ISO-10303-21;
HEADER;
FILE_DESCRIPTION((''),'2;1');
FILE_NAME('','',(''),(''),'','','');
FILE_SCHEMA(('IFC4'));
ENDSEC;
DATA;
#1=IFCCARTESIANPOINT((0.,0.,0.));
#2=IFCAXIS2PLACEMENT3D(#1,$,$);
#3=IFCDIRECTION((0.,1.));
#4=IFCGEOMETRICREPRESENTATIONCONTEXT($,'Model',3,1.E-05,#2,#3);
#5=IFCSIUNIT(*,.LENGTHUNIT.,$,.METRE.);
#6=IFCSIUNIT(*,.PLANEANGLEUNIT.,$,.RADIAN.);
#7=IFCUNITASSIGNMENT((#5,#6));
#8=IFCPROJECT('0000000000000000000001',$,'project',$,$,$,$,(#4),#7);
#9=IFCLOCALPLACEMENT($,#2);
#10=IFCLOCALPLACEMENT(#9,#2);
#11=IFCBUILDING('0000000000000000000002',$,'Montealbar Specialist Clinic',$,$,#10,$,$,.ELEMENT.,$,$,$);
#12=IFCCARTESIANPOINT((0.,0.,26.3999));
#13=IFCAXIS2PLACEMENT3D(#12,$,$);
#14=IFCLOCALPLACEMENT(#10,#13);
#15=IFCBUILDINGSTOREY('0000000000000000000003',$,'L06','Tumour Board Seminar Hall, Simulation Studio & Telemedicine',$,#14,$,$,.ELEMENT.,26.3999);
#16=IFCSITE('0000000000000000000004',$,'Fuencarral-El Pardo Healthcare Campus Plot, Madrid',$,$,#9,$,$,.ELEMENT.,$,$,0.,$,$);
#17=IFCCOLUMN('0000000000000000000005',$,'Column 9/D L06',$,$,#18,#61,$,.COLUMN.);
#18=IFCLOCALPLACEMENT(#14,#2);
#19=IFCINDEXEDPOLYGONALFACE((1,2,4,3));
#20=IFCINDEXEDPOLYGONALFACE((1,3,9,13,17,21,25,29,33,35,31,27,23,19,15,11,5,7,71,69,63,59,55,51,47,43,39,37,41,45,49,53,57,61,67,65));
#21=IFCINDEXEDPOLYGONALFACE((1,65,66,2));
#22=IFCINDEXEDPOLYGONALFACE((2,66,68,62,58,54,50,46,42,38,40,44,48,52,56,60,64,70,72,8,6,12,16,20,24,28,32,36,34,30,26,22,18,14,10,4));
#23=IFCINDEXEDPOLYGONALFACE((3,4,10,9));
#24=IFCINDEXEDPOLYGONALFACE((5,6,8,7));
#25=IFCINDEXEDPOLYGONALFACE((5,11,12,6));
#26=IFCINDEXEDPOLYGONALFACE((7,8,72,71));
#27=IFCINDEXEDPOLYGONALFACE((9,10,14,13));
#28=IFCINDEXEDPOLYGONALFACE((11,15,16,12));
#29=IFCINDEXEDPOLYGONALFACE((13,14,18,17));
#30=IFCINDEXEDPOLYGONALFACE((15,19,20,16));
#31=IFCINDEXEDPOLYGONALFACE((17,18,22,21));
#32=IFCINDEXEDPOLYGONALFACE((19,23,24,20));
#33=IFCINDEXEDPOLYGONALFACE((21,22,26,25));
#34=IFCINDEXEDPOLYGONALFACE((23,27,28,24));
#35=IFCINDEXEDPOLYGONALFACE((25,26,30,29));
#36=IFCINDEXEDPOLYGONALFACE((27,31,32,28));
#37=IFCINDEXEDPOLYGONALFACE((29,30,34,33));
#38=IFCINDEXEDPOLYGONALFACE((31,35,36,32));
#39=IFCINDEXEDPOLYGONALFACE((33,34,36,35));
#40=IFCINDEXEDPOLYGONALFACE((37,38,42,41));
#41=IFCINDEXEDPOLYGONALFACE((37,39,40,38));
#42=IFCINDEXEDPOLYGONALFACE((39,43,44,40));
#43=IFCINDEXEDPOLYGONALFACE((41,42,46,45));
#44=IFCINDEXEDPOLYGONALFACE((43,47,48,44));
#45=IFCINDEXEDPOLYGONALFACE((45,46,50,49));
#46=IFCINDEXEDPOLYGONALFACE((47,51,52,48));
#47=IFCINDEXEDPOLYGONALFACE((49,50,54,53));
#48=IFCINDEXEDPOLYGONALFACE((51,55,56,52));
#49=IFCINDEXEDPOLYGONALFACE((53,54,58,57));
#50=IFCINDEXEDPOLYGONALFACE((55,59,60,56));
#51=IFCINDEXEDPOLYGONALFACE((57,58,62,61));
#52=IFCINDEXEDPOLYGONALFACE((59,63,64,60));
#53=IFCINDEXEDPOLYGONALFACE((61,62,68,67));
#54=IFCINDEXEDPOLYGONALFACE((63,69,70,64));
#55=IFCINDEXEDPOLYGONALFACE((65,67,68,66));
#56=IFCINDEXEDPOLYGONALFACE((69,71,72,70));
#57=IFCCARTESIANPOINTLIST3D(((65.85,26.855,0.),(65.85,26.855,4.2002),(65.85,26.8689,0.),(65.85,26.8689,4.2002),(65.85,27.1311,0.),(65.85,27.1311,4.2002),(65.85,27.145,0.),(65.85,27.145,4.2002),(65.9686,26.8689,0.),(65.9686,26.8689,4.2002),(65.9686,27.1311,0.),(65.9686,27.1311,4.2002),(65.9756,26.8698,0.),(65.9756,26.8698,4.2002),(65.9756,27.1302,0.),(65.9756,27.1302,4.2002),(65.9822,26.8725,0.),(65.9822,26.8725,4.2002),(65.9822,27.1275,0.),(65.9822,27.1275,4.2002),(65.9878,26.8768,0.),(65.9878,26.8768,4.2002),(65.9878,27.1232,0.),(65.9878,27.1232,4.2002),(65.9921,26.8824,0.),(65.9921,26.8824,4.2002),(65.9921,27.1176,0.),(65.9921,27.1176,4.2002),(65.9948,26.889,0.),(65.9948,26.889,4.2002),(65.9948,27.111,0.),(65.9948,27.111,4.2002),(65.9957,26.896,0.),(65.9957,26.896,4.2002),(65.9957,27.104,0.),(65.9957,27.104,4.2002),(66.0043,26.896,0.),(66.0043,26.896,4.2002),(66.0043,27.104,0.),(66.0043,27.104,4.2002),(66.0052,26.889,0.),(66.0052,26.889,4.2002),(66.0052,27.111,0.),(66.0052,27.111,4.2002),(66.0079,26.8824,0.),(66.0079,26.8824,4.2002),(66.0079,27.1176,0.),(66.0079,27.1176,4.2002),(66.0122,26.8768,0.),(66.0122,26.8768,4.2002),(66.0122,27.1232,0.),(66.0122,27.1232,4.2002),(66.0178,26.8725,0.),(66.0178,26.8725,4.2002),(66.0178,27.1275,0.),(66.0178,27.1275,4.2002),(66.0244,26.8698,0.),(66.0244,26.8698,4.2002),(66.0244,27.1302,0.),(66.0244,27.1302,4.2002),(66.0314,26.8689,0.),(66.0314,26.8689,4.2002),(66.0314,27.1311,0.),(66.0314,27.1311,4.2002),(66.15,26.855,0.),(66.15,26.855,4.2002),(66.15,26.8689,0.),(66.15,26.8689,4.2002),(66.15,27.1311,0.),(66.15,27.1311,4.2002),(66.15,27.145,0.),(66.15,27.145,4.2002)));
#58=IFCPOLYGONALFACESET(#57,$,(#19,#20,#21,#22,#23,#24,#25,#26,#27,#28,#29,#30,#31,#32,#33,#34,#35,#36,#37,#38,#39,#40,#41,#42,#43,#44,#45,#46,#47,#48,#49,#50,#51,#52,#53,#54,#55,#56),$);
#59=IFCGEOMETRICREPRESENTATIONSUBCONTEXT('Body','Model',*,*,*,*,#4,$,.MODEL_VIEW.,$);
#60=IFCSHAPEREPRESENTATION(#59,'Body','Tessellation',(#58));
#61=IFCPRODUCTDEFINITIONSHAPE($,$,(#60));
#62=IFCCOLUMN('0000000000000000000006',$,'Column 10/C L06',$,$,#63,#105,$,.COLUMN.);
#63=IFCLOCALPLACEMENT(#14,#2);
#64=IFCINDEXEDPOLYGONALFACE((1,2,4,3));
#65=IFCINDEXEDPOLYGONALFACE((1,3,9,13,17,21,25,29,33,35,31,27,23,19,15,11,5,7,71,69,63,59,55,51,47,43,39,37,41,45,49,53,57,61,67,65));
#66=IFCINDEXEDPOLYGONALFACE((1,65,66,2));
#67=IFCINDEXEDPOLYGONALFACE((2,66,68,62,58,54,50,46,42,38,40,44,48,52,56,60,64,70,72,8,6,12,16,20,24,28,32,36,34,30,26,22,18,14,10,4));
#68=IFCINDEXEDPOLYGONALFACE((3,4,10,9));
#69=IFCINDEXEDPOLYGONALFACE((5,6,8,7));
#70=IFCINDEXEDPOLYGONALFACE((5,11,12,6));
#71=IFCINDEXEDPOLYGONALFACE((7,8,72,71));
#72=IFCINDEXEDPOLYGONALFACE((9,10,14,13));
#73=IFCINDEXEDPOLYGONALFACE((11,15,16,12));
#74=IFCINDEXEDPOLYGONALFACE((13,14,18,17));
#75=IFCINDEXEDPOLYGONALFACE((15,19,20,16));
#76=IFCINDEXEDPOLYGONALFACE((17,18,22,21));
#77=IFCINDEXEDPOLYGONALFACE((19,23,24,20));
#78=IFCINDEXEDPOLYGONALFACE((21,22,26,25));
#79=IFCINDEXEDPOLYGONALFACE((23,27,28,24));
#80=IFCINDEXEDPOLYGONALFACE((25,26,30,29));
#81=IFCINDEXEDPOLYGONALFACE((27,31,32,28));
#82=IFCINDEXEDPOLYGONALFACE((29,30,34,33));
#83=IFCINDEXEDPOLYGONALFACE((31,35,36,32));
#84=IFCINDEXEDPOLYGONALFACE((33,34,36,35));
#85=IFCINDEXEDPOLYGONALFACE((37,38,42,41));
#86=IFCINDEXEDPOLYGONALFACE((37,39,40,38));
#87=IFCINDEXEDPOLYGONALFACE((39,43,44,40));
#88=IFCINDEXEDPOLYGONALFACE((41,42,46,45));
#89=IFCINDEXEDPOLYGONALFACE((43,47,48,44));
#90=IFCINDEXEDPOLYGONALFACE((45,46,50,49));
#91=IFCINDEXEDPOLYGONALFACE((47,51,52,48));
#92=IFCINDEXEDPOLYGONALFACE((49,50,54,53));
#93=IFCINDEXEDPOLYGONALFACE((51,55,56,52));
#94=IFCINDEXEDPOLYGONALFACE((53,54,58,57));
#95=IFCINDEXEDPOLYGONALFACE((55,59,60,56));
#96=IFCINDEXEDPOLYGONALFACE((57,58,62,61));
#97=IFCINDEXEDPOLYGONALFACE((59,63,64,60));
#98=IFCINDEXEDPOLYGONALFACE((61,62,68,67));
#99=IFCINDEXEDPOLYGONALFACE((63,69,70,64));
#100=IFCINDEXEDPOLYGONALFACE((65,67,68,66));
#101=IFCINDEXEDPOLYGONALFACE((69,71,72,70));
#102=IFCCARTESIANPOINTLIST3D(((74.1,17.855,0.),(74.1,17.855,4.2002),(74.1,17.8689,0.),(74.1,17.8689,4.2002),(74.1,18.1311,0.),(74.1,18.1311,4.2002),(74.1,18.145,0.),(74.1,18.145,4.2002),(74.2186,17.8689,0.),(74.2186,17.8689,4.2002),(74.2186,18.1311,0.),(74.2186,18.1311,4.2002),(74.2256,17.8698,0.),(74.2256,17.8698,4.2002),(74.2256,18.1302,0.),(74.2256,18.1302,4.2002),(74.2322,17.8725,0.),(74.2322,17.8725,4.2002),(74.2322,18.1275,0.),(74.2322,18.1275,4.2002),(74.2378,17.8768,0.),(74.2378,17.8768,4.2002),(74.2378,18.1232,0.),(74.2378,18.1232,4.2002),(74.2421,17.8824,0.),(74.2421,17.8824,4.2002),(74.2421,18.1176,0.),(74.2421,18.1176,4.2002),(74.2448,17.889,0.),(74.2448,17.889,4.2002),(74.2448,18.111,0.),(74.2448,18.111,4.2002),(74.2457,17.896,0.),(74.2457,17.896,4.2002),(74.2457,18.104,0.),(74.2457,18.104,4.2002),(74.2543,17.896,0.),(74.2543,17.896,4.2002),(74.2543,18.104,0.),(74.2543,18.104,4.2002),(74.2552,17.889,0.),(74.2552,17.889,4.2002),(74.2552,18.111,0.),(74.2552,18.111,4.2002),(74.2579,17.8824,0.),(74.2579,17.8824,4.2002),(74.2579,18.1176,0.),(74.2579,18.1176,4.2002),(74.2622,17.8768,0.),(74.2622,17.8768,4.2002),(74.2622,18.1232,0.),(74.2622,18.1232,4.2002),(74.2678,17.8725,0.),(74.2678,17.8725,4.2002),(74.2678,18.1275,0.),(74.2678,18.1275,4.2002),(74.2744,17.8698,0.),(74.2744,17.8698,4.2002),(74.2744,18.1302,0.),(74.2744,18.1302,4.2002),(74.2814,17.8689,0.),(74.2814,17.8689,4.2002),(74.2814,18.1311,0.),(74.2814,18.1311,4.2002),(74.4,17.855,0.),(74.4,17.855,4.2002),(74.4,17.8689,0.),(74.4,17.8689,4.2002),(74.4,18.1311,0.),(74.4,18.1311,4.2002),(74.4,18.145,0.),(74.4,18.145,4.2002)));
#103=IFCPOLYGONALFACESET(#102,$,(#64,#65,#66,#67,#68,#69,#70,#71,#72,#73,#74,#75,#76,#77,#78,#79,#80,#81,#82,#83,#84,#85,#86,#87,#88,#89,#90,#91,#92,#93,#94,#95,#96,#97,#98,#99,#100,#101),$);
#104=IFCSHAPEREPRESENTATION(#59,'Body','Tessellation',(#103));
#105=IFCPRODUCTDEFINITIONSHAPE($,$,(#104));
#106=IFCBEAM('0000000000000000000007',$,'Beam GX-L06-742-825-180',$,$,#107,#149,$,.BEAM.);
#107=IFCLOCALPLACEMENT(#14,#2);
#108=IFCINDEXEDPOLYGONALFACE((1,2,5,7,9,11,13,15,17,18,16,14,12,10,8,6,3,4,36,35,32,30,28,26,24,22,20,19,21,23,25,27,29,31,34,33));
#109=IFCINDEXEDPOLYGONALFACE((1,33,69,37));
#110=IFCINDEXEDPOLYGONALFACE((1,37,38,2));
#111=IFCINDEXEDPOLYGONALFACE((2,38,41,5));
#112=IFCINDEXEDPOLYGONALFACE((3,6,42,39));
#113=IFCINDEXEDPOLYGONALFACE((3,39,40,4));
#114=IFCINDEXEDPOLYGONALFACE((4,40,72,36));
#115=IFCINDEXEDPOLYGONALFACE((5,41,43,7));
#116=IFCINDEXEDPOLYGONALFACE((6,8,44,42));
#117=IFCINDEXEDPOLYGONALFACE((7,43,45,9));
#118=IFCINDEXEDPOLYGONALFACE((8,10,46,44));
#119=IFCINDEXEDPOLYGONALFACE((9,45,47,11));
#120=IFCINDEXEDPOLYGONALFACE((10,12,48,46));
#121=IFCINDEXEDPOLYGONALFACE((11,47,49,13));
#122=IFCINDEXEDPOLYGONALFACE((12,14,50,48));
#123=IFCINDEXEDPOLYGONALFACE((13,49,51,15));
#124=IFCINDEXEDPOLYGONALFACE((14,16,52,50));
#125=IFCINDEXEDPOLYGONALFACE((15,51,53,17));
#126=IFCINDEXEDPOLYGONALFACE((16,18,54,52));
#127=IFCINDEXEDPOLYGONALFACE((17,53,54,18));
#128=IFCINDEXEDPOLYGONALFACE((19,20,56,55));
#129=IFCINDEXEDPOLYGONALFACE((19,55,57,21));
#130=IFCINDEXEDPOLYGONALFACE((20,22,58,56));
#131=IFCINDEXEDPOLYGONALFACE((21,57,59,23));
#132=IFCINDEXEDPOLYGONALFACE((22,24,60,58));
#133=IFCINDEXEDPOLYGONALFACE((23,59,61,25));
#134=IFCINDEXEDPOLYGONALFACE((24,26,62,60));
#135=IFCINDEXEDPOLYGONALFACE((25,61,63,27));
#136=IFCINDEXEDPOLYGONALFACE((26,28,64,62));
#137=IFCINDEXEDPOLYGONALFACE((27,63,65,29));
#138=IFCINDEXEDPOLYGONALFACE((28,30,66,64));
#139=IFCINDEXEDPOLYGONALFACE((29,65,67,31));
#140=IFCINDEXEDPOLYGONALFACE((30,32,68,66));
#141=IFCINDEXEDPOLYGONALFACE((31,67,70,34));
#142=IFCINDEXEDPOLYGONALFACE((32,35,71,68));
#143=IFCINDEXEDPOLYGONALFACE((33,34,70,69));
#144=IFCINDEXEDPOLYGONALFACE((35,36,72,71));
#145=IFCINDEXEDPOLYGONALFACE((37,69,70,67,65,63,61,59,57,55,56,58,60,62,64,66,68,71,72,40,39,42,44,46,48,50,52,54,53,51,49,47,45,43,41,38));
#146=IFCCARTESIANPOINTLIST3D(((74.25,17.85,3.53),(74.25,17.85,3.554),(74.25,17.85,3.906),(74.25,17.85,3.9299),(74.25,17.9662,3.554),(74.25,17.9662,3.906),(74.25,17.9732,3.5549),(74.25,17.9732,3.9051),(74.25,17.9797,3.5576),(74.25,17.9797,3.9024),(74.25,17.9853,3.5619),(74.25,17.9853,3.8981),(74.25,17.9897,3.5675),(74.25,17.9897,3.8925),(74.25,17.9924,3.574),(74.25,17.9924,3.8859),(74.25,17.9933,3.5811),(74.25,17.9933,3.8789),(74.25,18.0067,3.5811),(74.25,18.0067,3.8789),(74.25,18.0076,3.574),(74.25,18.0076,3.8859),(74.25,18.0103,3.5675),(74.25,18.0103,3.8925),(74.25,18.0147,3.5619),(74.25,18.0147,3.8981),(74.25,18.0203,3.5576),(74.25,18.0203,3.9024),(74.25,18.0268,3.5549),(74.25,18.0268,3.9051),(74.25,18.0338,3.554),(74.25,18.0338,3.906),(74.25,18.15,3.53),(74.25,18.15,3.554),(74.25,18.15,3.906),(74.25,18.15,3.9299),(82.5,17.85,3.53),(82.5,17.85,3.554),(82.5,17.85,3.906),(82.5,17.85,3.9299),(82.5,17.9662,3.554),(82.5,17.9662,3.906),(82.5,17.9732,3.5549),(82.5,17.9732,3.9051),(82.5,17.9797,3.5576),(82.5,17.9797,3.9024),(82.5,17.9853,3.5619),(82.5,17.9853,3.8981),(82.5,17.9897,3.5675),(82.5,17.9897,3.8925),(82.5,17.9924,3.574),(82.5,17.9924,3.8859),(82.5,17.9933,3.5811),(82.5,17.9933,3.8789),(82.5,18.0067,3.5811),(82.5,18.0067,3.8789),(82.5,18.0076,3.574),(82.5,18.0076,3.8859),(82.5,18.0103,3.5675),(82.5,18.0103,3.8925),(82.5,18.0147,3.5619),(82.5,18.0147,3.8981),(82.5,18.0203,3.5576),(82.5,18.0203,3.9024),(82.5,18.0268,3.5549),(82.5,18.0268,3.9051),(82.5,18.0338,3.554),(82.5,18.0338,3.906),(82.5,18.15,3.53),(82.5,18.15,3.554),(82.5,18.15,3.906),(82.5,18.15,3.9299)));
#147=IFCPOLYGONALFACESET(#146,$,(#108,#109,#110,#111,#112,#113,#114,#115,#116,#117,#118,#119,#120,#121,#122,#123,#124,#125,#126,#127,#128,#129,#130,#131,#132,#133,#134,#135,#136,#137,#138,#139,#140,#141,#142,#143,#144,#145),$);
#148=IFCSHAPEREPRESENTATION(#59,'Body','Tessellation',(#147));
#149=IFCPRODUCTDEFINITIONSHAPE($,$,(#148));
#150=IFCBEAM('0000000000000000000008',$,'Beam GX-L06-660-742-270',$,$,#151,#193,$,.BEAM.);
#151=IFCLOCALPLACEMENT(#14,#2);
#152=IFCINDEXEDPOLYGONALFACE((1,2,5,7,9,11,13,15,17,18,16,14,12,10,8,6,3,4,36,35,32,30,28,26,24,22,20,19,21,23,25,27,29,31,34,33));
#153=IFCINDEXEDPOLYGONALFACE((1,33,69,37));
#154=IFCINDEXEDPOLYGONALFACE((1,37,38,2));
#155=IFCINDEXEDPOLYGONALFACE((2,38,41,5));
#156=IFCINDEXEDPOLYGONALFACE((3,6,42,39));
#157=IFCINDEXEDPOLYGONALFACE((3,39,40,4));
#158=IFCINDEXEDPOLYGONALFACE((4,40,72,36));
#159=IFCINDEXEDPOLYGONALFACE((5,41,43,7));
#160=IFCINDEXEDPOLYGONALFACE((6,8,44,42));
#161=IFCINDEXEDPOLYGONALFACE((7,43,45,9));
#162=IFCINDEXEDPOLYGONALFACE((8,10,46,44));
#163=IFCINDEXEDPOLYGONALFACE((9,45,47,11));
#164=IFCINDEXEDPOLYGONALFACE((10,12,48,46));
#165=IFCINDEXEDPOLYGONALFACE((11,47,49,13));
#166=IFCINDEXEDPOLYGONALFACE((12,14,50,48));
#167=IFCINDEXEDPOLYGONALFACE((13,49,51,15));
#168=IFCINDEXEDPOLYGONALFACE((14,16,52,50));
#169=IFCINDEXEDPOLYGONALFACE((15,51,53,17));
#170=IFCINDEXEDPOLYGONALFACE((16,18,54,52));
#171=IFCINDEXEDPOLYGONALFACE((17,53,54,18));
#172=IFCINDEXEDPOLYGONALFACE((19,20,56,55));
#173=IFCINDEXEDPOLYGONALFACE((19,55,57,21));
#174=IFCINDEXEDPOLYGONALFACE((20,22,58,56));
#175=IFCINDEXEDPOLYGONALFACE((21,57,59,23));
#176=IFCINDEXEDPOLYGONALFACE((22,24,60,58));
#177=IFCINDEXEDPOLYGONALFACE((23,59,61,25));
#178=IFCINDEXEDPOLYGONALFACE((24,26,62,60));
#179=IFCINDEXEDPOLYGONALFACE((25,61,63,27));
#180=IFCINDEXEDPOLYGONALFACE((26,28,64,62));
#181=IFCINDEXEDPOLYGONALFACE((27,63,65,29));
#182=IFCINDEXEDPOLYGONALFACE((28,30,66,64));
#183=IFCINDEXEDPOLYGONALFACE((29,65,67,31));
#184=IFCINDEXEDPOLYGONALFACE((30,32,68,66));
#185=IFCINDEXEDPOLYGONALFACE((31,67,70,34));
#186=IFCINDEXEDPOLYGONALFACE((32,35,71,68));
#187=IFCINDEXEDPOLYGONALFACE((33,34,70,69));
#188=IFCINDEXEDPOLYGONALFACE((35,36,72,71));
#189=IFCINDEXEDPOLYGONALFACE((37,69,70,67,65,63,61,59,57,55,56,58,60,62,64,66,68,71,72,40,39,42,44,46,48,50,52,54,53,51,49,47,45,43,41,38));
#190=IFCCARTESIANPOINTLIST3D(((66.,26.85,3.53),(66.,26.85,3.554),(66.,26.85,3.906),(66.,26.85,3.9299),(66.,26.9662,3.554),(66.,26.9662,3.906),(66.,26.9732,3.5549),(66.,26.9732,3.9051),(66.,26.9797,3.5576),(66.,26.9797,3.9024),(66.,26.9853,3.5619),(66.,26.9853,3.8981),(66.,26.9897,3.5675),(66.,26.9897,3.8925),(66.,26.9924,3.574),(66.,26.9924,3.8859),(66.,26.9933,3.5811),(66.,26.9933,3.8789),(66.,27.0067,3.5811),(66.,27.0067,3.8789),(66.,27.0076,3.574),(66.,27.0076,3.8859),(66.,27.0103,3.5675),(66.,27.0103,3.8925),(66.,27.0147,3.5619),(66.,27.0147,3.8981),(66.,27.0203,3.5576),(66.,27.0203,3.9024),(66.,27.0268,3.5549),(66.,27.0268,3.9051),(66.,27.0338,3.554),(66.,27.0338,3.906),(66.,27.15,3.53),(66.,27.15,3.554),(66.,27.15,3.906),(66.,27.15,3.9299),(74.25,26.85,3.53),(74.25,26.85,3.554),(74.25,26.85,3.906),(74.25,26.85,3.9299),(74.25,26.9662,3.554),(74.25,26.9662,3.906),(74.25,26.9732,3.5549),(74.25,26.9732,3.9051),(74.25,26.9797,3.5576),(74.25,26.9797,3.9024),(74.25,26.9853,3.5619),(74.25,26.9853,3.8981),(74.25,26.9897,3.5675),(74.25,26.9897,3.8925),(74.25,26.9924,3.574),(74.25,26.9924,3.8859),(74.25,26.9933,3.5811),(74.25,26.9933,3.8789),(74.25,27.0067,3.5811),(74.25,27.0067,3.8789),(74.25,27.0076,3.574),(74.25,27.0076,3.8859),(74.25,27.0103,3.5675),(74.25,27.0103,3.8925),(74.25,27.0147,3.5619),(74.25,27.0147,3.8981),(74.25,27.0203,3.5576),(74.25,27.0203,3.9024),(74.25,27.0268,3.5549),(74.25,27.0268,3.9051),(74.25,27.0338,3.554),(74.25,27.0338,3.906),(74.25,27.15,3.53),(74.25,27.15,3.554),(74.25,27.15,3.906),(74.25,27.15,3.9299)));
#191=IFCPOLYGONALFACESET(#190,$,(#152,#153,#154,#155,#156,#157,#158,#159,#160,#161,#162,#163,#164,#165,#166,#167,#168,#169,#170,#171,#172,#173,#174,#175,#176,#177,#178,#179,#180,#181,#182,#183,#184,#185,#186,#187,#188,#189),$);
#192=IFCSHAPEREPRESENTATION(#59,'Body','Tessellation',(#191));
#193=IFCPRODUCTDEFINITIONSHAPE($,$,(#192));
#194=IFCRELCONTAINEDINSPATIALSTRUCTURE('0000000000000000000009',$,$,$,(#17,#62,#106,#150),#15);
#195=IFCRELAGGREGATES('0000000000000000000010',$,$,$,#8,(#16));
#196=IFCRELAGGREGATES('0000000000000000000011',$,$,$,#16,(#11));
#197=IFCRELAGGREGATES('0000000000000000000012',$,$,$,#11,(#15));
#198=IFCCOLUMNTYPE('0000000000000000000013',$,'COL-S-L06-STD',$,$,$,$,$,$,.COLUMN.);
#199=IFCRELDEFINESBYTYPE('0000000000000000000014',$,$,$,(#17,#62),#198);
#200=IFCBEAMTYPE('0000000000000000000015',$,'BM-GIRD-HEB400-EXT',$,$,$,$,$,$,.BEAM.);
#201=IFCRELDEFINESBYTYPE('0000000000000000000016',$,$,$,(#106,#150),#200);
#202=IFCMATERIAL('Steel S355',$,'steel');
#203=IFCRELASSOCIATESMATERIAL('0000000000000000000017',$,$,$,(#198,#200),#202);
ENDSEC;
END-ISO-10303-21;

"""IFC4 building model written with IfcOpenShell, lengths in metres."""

from ifc_helpers import new_model, si_unit, direction, frame, origin, origin_2d, place, context, subcontext, project, spatial, i_section, extrude, material, material_profile, profile_set, type_object, element, save


model = new_model("IFC4")

# Units and contexts
model_context = context("Model", 3, precision=1e-05, world=origin(), true_north=direction((0.0, 1.0)))
body_context = subcontext(model_context, "Body", "Model", "MODEL_VIEW")
ifc_project = project(units=[si_unit("LENGTHUNIT", "METRE"), si_unit("PLANEANGLEUNIT", "RADIAN")], contexts=[model_context])

# Site, building, storey
site_placement = place(None, origin())
site = spatial("IfcSite", under=ifc_project, at=site_placement, Name="Fuencarral-El Pardo Healthcare Campus Plot, Madrid", CompositionType="ELEMENT", RefElevation=0.0)
building_placement = place(site_placement, origin())
building = spatial("IfcBuilding", under=site, at=building_placement, Name="Montealbar Specialist Clinic", CompositionType="ELEMENT")
storey_placement = place(building_placement, frame((0.0, 0.0, 26.3999)))
storey = spatial("IfcBuildingStorey", under=building, at=storey_placement, Name="L06", Description="Tumour Board Seminar Hall, Simulation Studio & Telemedicine", CompositionType="ELEMENT", Elevation=26.3999)

# Columns
ifc_material_1 = material(Name="Steel S355", Category="steel")
ifc_material_profile_1 = material_profile(ifc_material_1, i_section(OverallWidth=0.3, OverallDepth=0.29, WebThickness=0.0085, FlangeThickness=0.0139, FilletRadius=0.0271, at=origin_2d()), Name="HEA 300", Category="steel")
ifc_profile_set_1 = profile_set([ifc_material_profile_1], Name="Steel S355")
column_type = type_object("IfcColumnType", Name="COL-S-L06-STD", PredefinedType="COLUMN", material=ifc_profile_set_1)
for number, where, z_axis, x_axis, name in (
    (1, (66.0, 27.0, 0.0), (0.0, 0.0, 1.0), (1.0, 0.0, 0.0), "Column 9/D L06"),
    (2, (74.25, 18.0, 0.0), (0.0, 0.0, 1.0), (1.0, 0.0, 0.0), "Column 10/C L06"),
):
    element("IfcColumn", number, at=place(storey_placement, frame(where, z_axis=z_axis, x_axis=x_axis)), inside=storey, type_object=column_type, Name=name, PredefinedType="COLUMN", context=body_context, shape_type="SweptSolid", body=[
        extrude(i_section(OverallWidth=0.3, OverallDepth=0.29, WebThickness=0.0085, FlangeThickness=0.0139, FilletRadius=0.0271, at=origin_2d()), origin(), (0.0, 0.0, 1.0), 4.2002),
    ])

# Beams
ifc_material_profile_2 = material_profile(ifc_material_1, i_section(OverallWidth=0.3, OverallDepth=0.3999, WebThickness=0.0134, FlangeThickness=0.0239, FilletRadius=0.0271, at=origin_2d()), Name="HEB 400", Category="steel")
ifc_profile_set_2 = profile_set([ifc_material_profile_2], Name="Steel S355")
beam_type_1 = type_object("IfcBeamType", Name="BM-GIRD-HEB400-EXT", PredefinedType="BEAM", material=ifc_profile_set_2)
for number, where, z_axis, x_axis, name in (
    (3, (74.25, 18.0, 3.73), (1.0, 0.0, 0.0), (0.0, 1.0, 0.0), "Beam GX-L06-742-825-180"),
    (4, (66.0, 27.0, 3.73), (1.0, 0.0, 0.0), (0.0, 1.0, 0.0), "Beam GX-L06-660-742-270"),
):
    element("IfcBeam", number, at=place(storey_placement, frame(where, z_axis=z_axis, x_axis=x_axis)), inside=storey, type_object=beam_type_1, Name=name, PredefinedType="BEAM", context=body_context, shape_type="SweptSolid", body=[
        extrude(i_section(OverallWidth=0.3, OverallDepth=0.3999, WebThickness=0.0134, FlangeThickness=0.0239, FilletRadius=0.0271, at=origin_2d()), origin(), (0.0, 0.0, 1.0), 8.25),
    ])

save(model, "model.ifc")
